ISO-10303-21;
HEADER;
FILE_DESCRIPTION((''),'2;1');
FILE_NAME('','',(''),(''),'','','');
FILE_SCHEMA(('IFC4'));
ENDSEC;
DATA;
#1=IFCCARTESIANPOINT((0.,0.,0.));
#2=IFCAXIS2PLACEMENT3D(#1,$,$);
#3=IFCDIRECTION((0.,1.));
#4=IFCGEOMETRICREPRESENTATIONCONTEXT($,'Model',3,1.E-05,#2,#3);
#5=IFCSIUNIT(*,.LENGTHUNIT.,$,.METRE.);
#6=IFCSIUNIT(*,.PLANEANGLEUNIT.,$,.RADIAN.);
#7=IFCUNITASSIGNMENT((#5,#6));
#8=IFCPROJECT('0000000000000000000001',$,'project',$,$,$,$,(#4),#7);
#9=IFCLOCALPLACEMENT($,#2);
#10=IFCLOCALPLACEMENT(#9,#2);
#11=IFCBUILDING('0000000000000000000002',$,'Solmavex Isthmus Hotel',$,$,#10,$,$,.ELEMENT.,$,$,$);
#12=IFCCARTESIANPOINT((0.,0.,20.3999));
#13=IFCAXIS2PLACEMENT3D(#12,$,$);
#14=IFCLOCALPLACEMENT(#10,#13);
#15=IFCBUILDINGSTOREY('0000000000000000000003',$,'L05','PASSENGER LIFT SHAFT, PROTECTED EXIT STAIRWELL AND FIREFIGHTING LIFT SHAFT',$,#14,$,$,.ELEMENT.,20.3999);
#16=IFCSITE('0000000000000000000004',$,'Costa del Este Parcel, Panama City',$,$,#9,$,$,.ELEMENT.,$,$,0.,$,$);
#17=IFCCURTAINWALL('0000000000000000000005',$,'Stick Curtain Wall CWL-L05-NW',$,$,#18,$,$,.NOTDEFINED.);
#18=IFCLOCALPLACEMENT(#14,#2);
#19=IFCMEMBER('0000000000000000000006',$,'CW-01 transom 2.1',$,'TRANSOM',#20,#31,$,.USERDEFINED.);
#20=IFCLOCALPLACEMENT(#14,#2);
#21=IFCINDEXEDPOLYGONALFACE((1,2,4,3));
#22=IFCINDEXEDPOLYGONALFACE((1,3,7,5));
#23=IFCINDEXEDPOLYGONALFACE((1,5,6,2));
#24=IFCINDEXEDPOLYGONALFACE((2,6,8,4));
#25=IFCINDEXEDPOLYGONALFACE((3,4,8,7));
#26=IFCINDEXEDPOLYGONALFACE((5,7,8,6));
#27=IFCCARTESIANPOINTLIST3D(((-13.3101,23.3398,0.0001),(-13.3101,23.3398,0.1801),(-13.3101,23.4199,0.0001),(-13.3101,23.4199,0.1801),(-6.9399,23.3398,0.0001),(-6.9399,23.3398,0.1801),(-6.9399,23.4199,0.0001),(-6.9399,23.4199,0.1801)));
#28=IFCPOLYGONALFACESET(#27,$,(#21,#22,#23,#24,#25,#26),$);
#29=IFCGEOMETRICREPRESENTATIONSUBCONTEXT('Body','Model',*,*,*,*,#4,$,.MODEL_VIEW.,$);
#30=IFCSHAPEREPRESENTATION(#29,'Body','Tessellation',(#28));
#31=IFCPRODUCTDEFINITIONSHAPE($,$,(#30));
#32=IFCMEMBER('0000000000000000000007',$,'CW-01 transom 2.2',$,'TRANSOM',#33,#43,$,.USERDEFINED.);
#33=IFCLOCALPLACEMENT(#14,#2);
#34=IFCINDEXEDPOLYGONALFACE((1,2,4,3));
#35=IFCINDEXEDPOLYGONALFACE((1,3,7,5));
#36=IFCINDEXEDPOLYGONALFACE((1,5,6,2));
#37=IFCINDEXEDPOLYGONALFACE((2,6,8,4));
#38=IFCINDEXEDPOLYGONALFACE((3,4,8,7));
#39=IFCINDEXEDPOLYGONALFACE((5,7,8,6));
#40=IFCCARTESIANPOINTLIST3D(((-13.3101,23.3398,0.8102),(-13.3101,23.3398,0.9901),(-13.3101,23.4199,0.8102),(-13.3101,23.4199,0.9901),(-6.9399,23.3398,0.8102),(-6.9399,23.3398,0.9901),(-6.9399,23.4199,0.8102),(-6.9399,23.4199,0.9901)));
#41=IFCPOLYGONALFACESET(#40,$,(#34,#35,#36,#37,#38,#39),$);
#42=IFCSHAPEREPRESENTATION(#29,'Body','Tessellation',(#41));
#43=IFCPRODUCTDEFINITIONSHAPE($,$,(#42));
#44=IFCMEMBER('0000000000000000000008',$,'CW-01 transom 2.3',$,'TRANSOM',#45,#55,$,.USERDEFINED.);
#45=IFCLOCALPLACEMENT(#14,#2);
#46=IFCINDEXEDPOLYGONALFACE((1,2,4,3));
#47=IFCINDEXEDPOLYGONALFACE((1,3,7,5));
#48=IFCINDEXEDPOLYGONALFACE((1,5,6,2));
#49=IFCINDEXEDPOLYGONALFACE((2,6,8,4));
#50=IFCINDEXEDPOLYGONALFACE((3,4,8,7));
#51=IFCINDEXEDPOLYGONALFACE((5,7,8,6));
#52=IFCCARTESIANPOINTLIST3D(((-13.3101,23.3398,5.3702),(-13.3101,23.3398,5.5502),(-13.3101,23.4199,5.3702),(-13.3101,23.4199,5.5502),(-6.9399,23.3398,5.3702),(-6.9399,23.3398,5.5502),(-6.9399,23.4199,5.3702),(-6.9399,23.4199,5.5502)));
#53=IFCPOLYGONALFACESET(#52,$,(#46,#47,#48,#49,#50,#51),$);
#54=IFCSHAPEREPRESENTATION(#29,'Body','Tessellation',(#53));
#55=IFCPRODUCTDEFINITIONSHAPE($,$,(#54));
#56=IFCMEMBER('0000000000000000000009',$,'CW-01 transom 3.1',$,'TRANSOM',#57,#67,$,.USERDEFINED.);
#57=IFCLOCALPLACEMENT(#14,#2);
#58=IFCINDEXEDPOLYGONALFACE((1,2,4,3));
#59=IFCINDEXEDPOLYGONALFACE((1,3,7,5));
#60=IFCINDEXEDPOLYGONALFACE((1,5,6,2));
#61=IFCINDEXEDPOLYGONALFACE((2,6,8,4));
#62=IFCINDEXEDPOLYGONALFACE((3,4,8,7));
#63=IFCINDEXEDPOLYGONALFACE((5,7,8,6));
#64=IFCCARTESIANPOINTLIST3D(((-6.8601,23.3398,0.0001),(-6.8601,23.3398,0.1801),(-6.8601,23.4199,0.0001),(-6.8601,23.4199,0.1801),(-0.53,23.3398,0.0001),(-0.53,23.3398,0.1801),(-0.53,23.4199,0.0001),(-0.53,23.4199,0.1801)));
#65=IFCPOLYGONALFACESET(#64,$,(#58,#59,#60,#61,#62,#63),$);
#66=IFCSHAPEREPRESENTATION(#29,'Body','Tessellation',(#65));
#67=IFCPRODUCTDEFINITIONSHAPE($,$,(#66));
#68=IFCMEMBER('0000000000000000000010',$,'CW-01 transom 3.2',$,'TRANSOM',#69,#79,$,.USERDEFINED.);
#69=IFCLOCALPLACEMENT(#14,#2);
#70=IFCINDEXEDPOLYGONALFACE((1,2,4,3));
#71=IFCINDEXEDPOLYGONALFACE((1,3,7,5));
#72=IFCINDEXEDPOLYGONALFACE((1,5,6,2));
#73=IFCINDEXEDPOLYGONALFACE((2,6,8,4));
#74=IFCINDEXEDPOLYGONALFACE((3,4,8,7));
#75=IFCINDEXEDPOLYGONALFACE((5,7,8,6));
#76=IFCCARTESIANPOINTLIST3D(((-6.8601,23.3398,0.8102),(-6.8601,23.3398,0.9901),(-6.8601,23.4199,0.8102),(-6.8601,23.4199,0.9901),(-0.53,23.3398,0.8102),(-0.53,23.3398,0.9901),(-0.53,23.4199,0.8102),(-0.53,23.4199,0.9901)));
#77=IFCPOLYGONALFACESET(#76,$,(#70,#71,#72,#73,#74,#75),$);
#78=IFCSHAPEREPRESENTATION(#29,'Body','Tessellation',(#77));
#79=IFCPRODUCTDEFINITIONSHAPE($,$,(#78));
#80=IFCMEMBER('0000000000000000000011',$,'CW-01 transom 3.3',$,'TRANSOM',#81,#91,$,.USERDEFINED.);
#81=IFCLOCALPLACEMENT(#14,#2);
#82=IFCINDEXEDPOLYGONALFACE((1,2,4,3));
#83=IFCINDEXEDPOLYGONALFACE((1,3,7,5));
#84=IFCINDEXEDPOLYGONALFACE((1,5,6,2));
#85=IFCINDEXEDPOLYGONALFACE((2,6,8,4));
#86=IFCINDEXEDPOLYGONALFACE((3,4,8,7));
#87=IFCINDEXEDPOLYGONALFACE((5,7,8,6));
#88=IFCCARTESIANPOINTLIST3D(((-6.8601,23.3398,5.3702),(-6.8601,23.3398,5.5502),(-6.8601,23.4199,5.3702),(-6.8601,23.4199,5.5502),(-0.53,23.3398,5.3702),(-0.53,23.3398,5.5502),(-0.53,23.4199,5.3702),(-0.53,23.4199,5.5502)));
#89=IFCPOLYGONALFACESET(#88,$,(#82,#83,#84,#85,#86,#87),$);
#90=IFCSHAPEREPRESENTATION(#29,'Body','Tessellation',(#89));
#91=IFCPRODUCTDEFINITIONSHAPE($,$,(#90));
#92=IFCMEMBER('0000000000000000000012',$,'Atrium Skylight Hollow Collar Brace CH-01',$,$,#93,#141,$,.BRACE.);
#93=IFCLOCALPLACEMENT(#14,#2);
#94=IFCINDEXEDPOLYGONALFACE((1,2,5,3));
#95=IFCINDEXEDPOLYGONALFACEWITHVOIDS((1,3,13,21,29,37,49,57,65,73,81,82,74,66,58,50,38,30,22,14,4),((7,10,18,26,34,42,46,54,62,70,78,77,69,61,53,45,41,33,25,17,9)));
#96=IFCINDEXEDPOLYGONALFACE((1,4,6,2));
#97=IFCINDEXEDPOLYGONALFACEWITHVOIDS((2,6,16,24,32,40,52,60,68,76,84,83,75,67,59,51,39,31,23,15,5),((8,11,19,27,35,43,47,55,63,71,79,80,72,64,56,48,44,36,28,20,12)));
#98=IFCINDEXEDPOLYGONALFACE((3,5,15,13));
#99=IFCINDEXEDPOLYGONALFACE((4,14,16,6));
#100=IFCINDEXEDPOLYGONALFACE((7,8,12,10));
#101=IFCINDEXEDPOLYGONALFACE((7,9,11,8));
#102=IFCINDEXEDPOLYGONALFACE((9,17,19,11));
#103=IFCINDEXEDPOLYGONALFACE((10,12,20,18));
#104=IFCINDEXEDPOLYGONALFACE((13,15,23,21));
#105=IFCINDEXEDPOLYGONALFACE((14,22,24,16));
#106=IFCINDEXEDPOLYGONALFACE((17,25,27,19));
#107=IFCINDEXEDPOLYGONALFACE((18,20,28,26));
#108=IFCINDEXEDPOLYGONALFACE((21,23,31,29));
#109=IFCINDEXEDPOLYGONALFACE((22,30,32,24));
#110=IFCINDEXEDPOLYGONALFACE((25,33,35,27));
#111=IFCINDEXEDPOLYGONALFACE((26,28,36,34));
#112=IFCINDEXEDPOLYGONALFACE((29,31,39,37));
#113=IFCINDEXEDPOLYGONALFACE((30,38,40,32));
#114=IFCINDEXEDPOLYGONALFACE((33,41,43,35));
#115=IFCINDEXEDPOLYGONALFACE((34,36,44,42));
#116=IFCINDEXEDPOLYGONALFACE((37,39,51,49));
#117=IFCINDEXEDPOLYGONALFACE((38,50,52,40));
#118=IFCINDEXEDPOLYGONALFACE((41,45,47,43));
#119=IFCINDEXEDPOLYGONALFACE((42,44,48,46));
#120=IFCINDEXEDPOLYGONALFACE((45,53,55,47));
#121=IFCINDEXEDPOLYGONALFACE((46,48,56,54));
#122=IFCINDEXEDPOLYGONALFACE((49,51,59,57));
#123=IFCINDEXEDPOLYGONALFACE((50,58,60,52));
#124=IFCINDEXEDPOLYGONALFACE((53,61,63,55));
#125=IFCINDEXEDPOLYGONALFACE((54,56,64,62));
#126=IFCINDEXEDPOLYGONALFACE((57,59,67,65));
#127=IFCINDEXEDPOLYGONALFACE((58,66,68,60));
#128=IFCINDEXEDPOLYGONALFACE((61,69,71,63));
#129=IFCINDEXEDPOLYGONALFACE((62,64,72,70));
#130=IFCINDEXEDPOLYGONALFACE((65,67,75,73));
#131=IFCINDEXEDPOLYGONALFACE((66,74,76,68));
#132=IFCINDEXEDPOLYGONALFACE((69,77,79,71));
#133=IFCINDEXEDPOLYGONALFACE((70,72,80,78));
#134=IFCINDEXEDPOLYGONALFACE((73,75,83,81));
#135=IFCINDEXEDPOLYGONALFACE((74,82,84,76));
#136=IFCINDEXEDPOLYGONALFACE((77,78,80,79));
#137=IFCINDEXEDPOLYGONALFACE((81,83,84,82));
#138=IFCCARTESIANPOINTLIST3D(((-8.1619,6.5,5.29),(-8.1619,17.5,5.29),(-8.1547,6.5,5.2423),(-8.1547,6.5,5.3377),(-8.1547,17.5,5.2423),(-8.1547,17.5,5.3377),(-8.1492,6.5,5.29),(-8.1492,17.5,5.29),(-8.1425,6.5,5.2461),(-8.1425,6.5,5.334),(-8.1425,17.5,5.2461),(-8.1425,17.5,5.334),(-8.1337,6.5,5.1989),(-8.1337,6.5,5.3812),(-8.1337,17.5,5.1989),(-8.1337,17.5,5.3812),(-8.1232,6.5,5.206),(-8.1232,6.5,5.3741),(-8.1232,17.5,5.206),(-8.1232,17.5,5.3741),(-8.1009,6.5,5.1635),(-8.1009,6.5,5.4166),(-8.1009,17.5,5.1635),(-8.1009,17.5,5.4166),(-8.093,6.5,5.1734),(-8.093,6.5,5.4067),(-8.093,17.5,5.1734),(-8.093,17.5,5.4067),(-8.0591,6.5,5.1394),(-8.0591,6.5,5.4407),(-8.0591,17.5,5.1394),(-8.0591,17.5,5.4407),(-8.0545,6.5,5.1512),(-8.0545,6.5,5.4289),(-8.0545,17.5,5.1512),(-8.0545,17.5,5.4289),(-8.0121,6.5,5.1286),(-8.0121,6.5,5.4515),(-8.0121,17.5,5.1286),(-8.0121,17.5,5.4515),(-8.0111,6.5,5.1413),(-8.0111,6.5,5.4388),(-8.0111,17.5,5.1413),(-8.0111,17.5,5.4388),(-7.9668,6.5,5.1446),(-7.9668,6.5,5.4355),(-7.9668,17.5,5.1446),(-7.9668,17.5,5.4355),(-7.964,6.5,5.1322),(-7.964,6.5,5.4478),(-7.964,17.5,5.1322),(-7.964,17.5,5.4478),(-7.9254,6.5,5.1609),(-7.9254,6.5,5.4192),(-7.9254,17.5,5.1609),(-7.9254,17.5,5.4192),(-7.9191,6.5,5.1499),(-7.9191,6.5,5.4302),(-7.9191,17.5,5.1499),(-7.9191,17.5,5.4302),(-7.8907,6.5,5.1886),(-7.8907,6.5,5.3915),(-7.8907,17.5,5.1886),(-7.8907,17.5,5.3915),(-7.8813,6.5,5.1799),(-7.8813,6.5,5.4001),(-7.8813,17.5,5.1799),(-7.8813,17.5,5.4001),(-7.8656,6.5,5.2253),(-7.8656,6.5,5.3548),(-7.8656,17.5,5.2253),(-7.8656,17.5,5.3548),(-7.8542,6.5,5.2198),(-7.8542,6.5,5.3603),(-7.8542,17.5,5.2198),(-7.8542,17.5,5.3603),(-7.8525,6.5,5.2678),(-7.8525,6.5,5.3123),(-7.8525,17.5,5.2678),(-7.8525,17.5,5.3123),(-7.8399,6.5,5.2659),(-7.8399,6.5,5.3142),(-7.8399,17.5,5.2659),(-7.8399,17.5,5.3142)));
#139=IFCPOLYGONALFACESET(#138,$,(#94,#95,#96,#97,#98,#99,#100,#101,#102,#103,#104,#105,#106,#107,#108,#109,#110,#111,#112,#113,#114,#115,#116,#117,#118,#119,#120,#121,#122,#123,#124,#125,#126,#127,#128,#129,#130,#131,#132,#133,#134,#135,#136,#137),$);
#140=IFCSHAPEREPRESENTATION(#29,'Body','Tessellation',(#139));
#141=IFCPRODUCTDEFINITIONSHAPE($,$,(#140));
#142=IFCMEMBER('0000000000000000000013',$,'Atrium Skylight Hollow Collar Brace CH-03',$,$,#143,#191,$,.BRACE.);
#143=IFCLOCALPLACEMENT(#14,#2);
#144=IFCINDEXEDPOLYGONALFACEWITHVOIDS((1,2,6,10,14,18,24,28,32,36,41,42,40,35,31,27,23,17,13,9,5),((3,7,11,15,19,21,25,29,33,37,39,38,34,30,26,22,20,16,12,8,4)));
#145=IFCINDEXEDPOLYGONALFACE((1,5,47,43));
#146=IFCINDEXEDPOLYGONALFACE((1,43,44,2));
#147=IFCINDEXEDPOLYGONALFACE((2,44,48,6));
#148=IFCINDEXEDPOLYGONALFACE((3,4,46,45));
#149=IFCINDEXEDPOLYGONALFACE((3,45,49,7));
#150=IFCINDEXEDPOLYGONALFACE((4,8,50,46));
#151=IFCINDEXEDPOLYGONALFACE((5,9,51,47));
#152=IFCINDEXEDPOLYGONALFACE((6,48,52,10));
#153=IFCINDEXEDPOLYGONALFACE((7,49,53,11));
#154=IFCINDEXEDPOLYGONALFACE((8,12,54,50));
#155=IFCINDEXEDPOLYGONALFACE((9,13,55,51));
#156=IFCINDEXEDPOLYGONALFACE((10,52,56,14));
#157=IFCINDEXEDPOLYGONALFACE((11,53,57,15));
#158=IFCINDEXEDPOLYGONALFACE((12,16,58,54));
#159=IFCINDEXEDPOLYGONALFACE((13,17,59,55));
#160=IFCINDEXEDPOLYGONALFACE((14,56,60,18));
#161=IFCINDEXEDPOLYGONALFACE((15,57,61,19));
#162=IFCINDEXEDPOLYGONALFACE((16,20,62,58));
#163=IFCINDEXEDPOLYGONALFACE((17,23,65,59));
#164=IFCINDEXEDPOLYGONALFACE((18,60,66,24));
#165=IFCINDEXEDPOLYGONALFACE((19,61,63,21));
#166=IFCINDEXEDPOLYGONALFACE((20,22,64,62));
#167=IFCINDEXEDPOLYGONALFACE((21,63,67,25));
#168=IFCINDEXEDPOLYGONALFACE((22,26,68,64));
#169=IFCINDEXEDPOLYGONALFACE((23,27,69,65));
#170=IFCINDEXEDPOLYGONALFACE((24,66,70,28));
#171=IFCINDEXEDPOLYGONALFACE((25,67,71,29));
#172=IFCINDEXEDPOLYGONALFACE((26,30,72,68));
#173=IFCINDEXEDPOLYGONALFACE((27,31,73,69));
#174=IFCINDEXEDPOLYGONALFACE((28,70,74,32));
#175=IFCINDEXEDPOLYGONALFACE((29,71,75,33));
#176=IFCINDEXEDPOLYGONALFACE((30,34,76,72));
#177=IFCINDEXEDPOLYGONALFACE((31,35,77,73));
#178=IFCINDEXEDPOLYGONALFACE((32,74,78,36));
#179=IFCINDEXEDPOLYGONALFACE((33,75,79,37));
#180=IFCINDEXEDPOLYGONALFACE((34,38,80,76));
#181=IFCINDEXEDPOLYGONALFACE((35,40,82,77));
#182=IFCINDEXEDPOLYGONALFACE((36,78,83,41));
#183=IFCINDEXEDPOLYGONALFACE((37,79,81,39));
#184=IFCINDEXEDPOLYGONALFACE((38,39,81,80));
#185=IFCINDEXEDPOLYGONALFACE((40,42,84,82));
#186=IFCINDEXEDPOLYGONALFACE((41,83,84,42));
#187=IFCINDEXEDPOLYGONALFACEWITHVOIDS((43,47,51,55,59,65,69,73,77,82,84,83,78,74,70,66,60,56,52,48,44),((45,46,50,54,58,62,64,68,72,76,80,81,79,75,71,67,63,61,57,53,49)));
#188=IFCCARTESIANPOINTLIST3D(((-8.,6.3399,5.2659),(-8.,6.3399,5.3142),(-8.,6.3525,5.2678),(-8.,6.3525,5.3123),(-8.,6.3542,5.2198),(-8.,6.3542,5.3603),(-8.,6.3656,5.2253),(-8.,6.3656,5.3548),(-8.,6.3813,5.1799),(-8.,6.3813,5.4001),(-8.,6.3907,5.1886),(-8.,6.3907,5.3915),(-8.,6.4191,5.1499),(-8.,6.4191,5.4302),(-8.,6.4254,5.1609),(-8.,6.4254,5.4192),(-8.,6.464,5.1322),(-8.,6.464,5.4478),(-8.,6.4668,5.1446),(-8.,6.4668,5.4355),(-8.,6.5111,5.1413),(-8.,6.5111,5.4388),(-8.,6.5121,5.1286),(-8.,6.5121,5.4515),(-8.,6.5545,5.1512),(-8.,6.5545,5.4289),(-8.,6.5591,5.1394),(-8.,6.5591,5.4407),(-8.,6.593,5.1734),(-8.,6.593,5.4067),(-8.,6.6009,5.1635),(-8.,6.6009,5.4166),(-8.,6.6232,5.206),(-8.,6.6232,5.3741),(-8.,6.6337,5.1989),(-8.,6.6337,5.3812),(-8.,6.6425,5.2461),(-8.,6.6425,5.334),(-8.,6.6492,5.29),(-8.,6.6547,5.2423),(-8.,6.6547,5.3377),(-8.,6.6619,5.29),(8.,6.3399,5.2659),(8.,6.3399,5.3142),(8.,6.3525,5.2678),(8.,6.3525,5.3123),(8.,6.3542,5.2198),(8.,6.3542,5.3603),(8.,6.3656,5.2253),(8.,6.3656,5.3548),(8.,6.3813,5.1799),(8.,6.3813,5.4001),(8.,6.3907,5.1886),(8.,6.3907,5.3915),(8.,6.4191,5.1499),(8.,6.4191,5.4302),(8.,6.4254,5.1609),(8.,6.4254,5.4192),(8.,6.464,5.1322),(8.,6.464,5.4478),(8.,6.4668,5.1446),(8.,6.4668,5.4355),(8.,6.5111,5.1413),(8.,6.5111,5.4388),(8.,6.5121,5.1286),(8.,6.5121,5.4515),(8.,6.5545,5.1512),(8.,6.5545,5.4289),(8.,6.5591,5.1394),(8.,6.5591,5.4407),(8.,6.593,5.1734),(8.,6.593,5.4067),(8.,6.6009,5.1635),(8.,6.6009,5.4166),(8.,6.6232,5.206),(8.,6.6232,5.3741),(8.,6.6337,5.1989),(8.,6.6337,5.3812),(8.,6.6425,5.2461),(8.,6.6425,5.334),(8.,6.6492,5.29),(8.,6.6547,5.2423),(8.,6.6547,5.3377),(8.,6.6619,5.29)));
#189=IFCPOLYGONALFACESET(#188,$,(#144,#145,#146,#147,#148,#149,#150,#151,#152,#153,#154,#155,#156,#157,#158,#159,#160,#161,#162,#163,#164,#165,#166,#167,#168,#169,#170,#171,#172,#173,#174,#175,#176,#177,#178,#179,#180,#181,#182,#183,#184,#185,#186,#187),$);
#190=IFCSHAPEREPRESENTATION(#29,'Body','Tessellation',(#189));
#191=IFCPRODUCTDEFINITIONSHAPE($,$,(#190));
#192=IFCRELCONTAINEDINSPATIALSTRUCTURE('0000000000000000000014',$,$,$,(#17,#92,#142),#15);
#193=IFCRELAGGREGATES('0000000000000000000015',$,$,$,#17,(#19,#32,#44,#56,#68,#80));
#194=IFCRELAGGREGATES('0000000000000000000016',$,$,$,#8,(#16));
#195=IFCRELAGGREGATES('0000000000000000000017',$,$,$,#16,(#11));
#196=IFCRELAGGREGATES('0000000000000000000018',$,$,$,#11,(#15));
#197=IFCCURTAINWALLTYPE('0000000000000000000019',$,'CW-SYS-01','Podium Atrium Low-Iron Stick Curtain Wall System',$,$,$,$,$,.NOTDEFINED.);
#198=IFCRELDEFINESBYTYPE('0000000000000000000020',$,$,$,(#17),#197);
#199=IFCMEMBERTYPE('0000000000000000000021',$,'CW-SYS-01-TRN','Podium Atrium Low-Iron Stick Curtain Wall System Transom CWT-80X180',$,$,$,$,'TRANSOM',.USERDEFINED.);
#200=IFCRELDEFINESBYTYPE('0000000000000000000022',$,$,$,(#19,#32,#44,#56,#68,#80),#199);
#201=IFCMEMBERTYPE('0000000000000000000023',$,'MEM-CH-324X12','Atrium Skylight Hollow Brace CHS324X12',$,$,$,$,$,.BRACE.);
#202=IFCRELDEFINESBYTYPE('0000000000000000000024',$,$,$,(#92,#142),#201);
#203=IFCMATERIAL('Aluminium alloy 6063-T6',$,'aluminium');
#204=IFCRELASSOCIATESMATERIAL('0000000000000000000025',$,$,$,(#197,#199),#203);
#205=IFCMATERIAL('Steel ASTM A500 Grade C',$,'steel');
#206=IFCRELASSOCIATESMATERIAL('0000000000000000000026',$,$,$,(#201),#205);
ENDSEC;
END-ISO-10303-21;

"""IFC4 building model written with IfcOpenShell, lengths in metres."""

from ifc_helpers import new_model, si_unit, direction, frame, origin, origin_2d, place, context, subcontext, project, spatial, rectangle, hollow_circle, extrude, material, material_profile, profile_set, type_object, element, aggregate, save


model = new_model("IFC4")

# Units and contexts
model_context = context("Model", 3, precision=1e-05, world=origin(), true_north=direction((0.0, 1.0)))
body_context = subcontext(model_context, "Body", "Model", "MODEL_VIEW")
ifc_project = project(units=[si_unit("LENGTHUNIT", "METRE"), si_unit("PLANEANGLEUNIT", "RADIAN")], contexts=[model_context])

# Site, building, storey
site_placement = place(None, origin())
site = spatial("IfcSite", under=ifc_project, at=site_placement, Name="Costa del Este Parcel, Panama City", CompositionType="ELEMENT", RefElevation=0.0)
building_placement = place(site_placement, origin())
building = spatial("IfcBuilding", under=site, at=building_placement, Name="Solmavex Isthmus Hotel", CompositionType="ELEMENT")
storey_placement = place(building_placement, frame((0.0, 0.0, 20.3999)))
storey = spatial("IfcBuildingStorey", under=building, at=storey_placement, Name="L05", Description="PASSENGER LIFT SHAFT, PROTECTED EXIT STAIRWELL AND FIREFIGHTING LIFT SHAFT", CompositionType="ELEMENT", Elevation=20.3999)

# Curtain wall, members
ifc_material_1 = material(Name="Aluminium alloy 6063-T6", Category="aluminium")
curtain_wall_type = type_object("IfcCurtainWallType", Name="CW-SYS-01", Description="Podium Atrium Low-Iron Stick Curtain Wall System", PredefinedType="NOTDEFINED", material=ifc_material_1)
curtain_wall_placement = place(storey_placement, origin())
curtain_wall = element("IfcCurtainWall", 1, at=curtain_wall_placement, inside=storey, type_object=curtain_wall_type, Name="Stick Curtain Wall CWL-L05-NW", PredefinedType="NOTDEFINED")
ifc_material_profile_1 = material_profile(ifc_material_1, rectangle(XDim=0.0801, YDim=0.1799, at=origin_2d()), Name="CWT-80X180")
ifc_profile_set_1 = profile_set([ifc_material_profile_1], Name="Aluminium alloy 6063-T6")
member_type_1 = type_object("IfcMemberType", Name="CW-SYS-01-TRN", Description="Podium Atrium Low-Iron Stick Curtain Wall System Transom CWT-80X180", ElementType="TRANSOM", PredefinedType="USERDEFINED", material=ifc_profile_set_1)
member_1_placement = place(storey_placement, frame((-13.3101, 23.3799, 0.0901), z_axis=(1.0, 0.0, 0.0), x_axis=(0.0, 1.0, 0.0)))
member_1 = element("IfcMember", 2, at=member_1_placement, type_object=member_type_1, Name="CW-01 transom 2.1", ObjectType="TRANSOM", PredefinedType="USERDEFINED", context=body_context, shape_type="SweptSolid", body=[
    extrude(rectangle(XDim=0.0801, YDim=0.1799, at=origin_2d()), origin(), (0.0, 0.0, 1.0), 6.3701),
])
member_2_placement = place(storey_placement, frame((-13.3101, 23.3799, 0.9001), z_axis=(1.0, 0.0, 0.0), x_axis=(0.0, 1.0, 0.0)))
member_2 = element("IfcMember", 3, at=member_2_placement, type_object=member_type_1, Name="CW-01 transom 2.2", ObjectType="TRANSOM", PredefinedType="USERDEFINED", context=body_context, shape_type="SweptSolid", body=[
    extrude(rectangle(XDim=0.0801, YDim=0.1799, at=origin_2d()), origin(), (0.0, 0.0, 1.0), 6.3701),
])
member_3_placement = place(storey_placement, frame((-13.3101, 23.3799, 5.4602), z_axis=(1.0, 0.0, 0.0), x_axis=(0.0, 1.0, 0.0)))
member_3 = element("IfcMember", 4, at=member_3_placement, type_object=member_type_1, Name="CW-01 transom 2.3", ObjectType="TRANSOM", PredefinedType="USERDEFINED", context=body_context, shape_type="SweptSolid", body=[
    extrude(rectangle(XDim=0.0801, YDim=0.1799, at=origin_2d()), origin(), (0.0, 0.0, 1.0), 6.3701),
])
member_4_placement = place(storey_placement, frame((-6.8601, 23.3799, 0.0901), z_axis=(1.0, 0.0, 0.0), x_axis=(0.0, 1.0, 0.0)))
member_4 = element("IfcMember", 5, at=member_4_placement, type_object=member_type_1, Name="CW-01 transom 3.1", ObjectType="TRANSOM", PredefinedType="USERDEFINED", context=body_context, shape_type="SweptSolid", body=[
    extrude(rectangle(XDim=0.0801, YDim=0.1799, at=origin_2d()), origin(), (0.0, 0.0, 1.0), 6.3301),
])
member_5_placement = place(storey_placement, frame((-6.8601, 23.3799, 0.9001), z_axis=(1.0, 0.0, 0.0), x_axis=(0.0, 1.0, 0.0)))
member_5 = element("IfcMember", 6, at=member_5_placement, type_object=member_type_1, Name="CW-01 transom 3.2", ObjectType="TRANSOM", PredefinedType="USERDEFINED", context=body_context, shape_type="SweptSolid", body=[
    extrude(rectangle(XDim=0.0801, YDim=0.1799, at=origin_2d()), origin(), (0.0, 0.0, 1.0), 6.3301),
])
member_6_placement = place(storey_placement, frame((-6.8601, 23.3799, 5.4602), z_axis=(1.0, 0.0, 0.0), x_axis=(0.0, 1.0, 0.0)))
member_6 = element("IfcMember", 7, at=member_6_placement, type_object=member_type_1, Name="CW-01 transom 3.3", ObjectType="TRANSOM", PredefinedType="USERDEFINED", context=body_context, shape_type="SweptSolid", body=[
    extrude(rectangle(XDim=0.0801, YDim=0.1799, at=origin_2d()), origin(), (0.0, 0.0, 1.0), 6.3301),
])

# Members
ifc_material_2 = material(Name="Steel ASTM A500 Grade C", Category="steel")
ifc_material_profile_2 = material_profile(ifc_material_2, hollow_circle(Radius=0.1619, WallThickness=0.0127, at=origin_2d()), Name="CHS324X12")
ifc_profile_set_2 = profile_set([ifc_material_profile_2], Name="Steel ASTM A500 Grade C")
member_type_2 = type_object("IfcMemberType", Name="MEM-CH-324X12", Description="Atrium Skylight Hollow Brace CHS324X12", PredefinedType="BRACE", material=ifc_profile_set_2)
member_7_placement = place(storey_placement, frame((-8.0, 6.5, 5.29), z_axis=(0.0, 1.0, 0.0), x_axis=(-1.0, 0.0, 0.0)))
element("IfcMember", 8, at=member_7_placement, inside=storey, type_object=member_type_2, Name="Atrium Skylight Hollow Collar Brace CH-01", PredefinedType="BRACE", context=body_context, shape_type="SweptSolid", body=[
    extrude(hollow_circle(Radius=0.1619, WallThickness=0.0127, at=origin_2d()), origin(), (0.0, 0.0, 1.0), 11.0),
])
for number, where, z_axis, x_axis, name in (
    (9, (-8.0, 6.5, 5.29), (1.0, 0.0, 0.0), (0.0, 1.0, 0.0), "Atrium Skylight Hollow Collar Brace CH-03"),
):
    element("IfcMember", number, at=place(storey_placement, frame(where, z_axis=z_axis, x_axis=x_axis)), inside=storey, type_object=member_type_2, Name=name, PredefinedType="BRACE", context=body_context, shape_type="SweptSolid", body=[
        extrude(hollow_circle(Radius=0.1619, WallThickness=0.0127, at=origin_2d()), origin(), (0.0, 0.0, 1.0), 16.0),
    ])

aggregate(curtain_wall, [member_1, member_2, member_3, member_4, member_5, member_6])

save(model, "model.ifc")
